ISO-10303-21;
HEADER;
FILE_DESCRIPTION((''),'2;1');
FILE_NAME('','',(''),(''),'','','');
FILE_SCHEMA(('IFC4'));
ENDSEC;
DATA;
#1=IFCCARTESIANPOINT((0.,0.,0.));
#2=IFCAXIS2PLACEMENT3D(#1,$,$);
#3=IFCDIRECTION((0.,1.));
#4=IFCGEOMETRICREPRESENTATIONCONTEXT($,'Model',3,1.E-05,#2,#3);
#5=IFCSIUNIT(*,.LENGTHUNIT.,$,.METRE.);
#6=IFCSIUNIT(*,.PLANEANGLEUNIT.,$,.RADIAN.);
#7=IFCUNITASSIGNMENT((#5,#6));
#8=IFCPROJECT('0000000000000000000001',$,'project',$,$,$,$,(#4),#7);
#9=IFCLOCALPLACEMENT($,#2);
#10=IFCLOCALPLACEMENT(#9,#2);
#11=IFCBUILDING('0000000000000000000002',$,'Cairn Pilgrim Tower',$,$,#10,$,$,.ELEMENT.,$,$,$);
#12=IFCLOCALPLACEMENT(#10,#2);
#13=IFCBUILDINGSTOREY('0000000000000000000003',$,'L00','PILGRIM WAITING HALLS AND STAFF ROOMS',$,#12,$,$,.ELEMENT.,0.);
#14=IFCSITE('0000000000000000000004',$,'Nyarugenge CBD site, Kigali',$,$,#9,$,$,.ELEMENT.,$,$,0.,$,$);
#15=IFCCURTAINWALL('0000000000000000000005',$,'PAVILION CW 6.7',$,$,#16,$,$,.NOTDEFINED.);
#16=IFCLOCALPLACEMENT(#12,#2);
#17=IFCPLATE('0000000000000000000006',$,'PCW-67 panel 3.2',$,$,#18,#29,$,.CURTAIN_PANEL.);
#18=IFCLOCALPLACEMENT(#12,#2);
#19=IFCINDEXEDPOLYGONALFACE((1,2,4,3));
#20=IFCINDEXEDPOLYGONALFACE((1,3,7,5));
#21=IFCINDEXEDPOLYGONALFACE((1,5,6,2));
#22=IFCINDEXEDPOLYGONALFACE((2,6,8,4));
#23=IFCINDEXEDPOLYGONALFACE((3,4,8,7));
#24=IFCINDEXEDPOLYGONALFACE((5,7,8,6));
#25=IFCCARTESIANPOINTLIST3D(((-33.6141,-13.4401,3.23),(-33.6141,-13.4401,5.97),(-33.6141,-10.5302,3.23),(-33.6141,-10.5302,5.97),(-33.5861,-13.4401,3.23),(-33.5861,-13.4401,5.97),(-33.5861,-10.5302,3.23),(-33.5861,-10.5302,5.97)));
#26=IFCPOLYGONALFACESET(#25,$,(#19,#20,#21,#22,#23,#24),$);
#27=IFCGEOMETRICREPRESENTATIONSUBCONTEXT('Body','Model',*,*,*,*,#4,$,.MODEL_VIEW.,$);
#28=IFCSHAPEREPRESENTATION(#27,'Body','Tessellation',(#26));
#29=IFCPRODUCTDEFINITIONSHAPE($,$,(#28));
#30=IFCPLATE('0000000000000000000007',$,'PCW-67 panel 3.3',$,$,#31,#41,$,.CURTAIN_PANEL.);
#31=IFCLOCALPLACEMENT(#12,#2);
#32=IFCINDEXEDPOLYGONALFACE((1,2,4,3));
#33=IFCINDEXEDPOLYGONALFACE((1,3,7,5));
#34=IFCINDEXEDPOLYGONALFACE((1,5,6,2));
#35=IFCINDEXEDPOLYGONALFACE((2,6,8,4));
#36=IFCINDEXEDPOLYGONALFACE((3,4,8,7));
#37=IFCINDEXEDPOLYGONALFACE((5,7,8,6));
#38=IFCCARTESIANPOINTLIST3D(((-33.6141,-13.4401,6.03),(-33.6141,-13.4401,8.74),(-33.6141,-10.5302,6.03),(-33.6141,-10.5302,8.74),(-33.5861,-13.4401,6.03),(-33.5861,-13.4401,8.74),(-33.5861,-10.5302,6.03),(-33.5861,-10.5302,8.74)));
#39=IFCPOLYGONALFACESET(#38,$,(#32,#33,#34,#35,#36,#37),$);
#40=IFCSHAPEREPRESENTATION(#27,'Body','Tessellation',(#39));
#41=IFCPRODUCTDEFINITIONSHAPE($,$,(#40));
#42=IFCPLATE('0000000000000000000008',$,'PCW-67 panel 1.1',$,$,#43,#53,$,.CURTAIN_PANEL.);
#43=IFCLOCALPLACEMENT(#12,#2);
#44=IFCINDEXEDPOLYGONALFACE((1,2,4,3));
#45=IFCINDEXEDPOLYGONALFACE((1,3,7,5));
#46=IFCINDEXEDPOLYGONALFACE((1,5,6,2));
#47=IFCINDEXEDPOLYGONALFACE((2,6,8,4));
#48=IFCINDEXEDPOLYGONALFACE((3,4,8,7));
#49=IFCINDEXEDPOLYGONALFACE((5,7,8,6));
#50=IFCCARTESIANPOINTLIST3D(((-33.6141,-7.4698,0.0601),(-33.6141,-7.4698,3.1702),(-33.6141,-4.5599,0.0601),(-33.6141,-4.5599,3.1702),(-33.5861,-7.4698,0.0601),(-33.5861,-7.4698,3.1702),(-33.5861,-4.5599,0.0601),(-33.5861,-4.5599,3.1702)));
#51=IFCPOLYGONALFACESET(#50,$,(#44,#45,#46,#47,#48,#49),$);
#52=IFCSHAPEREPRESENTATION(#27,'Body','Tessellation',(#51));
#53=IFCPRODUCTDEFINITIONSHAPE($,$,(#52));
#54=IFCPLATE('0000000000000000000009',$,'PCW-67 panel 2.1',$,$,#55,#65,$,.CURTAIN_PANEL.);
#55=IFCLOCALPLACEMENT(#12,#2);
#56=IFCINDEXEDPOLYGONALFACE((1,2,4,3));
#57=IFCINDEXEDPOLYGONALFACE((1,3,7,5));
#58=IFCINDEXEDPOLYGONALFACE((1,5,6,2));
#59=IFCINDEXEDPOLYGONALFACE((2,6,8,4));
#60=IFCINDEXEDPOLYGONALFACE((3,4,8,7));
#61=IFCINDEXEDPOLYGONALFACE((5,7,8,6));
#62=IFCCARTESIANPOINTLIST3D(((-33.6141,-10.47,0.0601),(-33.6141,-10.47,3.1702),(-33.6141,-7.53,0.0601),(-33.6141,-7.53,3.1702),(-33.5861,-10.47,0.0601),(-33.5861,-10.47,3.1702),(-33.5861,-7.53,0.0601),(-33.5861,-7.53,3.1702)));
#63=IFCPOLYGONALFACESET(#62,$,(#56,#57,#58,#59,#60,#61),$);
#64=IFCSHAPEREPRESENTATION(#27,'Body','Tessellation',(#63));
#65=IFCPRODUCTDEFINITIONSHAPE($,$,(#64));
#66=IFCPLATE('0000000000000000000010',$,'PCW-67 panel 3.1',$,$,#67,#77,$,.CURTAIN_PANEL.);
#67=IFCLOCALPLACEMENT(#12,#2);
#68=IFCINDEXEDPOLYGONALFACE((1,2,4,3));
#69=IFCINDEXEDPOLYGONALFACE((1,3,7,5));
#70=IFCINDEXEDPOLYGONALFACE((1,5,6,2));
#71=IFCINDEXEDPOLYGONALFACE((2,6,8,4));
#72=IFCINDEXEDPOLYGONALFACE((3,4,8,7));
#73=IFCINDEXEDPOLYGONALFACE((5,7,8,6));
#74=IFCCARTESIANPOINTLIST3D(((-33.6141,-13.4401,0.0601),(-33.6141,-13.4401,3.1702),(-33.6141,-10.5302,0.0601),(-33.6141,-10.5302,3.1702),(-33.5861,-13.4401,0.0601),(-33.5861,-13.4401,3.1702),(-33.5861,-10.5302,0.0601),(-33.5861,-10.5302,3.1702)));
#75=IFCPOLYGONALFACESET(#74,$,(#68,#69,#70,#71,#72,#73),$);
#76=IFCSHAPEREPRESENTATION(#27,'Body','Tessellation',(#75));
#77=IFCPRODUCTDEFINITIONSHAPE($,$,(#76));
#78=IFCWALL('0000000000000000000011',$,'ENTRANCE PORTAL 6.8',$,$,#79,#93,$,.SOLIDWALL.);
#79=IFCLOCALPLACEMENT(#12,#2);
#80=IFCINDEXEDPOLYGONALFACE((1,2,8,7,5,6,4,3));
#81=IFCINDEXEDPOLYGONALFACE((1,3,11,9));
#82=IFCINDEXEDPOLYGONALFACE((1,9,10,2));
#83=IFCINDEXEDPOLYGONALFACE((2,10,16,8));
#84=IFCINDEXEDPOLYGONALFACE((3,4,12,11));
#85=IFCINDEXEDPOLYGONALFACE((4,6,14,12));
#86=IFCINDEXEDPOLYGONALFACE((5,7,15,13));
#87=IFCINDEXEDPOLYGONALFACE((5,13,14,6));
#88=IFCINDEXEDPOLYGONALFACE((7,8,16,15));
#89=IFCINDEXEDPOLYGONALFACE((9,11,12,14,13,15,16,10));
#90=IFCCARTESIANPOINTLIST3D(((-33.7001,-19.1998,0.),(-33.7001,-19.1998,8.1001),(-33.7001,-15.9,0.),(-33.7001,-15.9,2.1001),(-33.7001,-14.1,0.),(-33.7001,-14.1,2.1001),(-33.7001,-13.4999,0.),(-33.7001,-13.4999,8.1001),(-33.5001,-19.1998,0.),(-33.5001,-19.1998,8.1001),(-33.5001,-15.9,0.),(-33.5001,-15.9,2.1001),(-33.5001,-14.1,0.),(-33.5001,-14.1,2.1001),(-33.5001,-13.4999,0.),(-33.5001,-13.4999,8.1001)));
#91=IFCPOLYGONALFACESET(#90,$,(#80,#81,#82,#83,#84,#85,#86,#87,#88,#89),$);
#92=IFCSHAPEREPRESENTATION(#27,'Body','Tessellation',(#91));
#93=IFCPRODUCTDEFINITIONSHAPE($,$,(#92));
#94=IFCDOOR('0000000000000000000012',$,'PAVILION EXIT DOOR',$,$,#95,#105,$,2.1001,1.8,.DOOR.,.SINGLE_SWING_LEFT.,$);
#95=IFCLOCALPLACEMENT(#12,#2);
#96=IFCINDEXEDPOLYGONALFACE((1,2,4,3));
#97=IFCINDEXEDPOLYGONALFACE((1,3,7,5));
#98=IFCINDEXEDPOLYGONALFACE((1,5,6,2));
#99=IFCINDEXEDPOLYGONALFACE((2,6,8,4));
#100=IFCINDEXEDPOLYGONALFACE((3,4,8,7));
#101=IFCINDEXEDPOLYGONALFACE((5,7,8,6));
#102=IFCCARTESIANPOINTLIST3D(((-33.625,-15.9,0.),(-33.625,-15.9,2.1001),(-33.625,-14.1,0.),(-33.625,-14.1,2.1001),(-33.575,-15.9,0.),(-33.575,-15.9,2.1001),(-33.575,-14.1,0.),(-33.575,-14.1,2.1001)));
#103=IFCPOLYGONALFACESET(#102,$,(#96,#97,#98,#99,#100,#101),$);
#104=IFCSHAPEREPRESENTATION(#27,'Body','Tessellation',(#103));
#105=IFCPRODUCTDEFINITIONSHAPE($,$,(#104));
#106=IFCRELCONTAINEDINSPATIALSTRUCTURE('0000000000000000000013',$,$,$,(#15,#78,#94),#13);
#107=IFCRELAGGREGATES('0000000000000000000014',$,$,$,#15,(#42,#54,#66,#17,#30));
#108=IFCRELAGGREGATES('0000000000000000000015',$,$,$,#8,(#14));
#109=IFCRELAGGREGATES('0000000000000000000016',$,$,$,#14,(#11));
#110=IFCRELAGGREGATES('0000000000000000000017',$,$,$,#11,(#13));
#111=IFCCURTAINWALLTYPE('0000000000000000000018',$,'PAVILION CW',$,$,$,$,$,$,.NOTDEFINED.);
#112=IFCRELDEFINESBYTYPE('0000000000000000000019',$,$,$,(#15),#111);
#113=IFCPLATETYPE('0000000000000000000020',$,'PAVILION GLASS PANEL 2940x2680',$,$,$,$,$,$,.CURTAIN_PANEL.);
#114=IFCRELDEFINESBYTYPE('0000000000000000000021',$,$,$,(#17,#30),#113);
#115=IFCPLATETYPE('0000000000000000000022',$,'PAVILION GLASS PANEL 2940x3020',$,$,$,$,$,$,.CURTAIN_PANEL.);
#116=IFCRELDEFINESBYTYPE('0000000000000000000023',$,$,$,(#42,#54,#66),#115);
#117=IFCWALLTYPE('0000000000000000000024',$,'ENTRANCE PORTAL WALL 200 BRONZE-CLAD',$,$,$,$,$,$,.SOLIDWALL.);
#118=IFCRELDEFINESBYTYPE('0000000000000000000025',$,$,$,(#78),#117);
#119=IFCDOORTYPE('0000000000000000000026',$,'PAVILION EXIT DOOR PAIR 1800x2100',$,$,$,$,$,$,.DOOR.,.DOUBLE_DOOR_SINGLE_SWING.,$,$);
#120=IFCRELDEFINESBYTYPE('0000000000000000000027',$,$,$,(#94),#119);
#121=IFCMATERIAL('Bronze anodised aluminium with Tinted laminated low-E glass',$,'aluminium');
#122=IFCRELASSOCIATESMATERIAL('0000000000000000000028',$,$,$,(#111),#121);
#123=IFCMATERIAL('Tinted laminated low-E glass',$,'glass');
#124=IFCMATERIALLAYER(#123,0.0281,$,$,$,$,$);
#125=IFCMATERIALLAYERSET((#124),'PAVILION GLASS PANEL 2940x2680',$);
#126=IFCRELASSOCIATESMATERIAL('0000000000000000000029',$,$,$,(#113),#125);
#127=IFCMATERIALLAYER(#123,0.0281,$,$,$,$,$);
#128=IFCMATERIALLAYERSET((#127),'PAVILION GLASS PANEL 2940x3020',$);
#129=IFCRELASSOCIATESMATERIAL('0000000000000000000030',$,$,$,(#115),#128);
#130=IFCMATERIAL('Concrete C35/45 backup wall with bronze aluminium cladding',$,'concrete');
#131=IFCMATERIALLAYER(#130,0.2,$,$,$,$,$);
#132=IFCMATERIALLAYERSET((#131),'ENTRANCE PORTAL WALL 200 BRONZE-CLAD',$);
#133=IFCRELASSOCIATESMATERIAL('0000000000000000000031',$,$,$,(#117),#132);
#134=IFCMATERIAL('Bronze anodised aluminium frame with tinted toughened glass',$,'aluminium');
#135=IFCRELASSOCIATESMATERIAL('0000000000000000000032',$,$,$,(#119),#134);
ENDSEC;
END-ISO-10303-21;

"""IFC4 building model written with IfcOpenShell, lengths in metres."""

from ifc_helpers import new_model, si_unit, direction, frame, frame_2d, origin, origin_2d, place, context, subcontext, project, spatial, rectangle, extrude, material, layer, layer_set, type_object, element, fill, aggregate, save


model = new_model("IFC4")

# Units and contexts
model_context = context("Model", 3, precision=1e-05, world=origin(), true_north=direction((0.0, 1.0)))
body_context = subcontext(model_context, "Body", "Model", "MODEL_VIEW")
ifc_project = project(units=[si_unit("LENGTHUNIT", "METRE"), si_unit("PLANEANGLEUNIT", "RADIAN")], contexts=[model_context])

# Site, building, storey
site_placement = place(None, origin())
site = spatial("IfcSite", under=ifc_project, at=site_placement, Name="Nyarugenge CBD site, Kigali", CompositionType="ELEMENT", RefElevation=0.0)
building_placement = place(site_placement, origin())
building = spatial("IfcBuilding", under=site, at=building_placement, Name="Cairn Pilgrim Tower", CompositionType="ELEMENT")
storey_placement = place(building_placement, origin())
storey = spatial("IfcBuildingStorey", under=building, at=storey_placement, Name="L00", Description="PILGRIM WAITING HALLS AND STAFF ROOMS", CompositionType="ELEMENT", Elevation=0.0)

# Curtain wall, plates
ifc_material_1 = material(Name="Bronze anodised aluminium with Tinted laminated low-E glass", Category="aluminium")
curtain_wall_type = type_object("IfcCurtainWallType", Name="PAVILION CW", PredefinedType="NOTDEFINED", material=ifc_material_1)
curtain_wall_placement = place(storey_placement, origin())
curtain_wall = element("IfcCurtainWall", 1, at=curtain_wall_placement, inside=storey, type_object=curtain_wall_type, Name="PAVILION CW 6.7", PredefinedType="NOTDEFINED")
ifc_material_2 = material(Name="Tinted laminated low-E glass", Category="glass")
ifc_layer_1 = layer(ifc_material_2, 0.0281)
ifc_layer_set_1 = layer_set([ifc_layer_1], Name="PAVILION GLASS PANEL 2940x2680")
plate_type_1 = type_object("IfcPlateType", Name="PAVILION GLASS PANEL 2940x2680", PredefinedType="CURTAIN_PANEL", material=ifc_layer_set_1)
plate_1_placement = place(storey_placement, frame((-33.6001, -11.9851, 3.23), z_axis=(0.0, 0.0, 1.0), x_axis=(0.0, -1.0, 0.0)))
plate_1 = element("IfcPlate", 2, at=plate_1_placement, type_object=plate_type_1, Name="PCW-67 panel 3.2", PredefinedType="CURTAIN_PANEL", context=body_context, shape_type="SweptSolid", body=[
    extrude(rectangle(XDim=2.9099, YDim=0.0281, at=origin_2d()), origin(), (0.0, 0.0, 1.0), 2.74),
])
plate_2_placement = place(storey_placement, frame((-33.6001, -11.9851, 6.03), z_axis=(0.0, 0.0, 1.0), x_axis=(0.0, -1.0, 0.0)))
plate_2 = element("IfcPlate", 3, at=plate_2_placement, type_object=plate_type_1, Name="PCW-67 panel 3.3", PredefinedType="CURTAIN_PANEL", context=body_context, shape_type="SweptSolid", body=[
    extrude(rectangle(XDim=2.9099, YDim=0.0281, at=origin_2d()), origin(), (0.0, 0.0, 1.0), 2.71),
])
ifc_layer_2 = layer(ifc_material_2, 0.0281)
ifc_layer_set_2 = layer_set([ifc_layer_2], Name="PAVILION GLASS PANEL 2940x3020")
plate_type_2 = type_object("IfcPlateType", Name="PAVILION GLASS PANEL 2940x3020", PredefinedType="CURTAIN_PANEL", material=ifc_layer_set_2)
plate_3_placement = place(storey_placement, frame((-33.6001, -6.0149, 0.0601), z_axis=(0.0, 0.0, 1.0), x_axis=(0.0, -1.0, 0.0)))
plate_3 = element("IfcPlate", 4, at=plate_3_placement, type_object=plate_type_2, Name="PCW-67 panel 1.1", PredefinedType="CURTAIN_PANEL", context=body_context, shape_type="SweptSolid", body=[
    extrude(rectangle(XDim=2.9099, YDim=0.0281, at=origin_2d()), origin(), (0.0, 0.0, 1.0), 3.1101),
])
plate_4_placement = place(storey_placement, frame((-33.6001, -9.0, 0.0601), z_axis=(0.0, 0.0, 1.0), x_axis=(0.0, -1.0, 0.0)))
plate_4 = element("IfcPlate", 5, at=plate_4_placement, type_object=plate_type_2, Name="PCW-67 panel 2.1", PredefinedType="CURTAIN_PANEL", context=body_context, shape_type="SweptSolid", body=[
    extrude(rectangle(XDim=2.9399, YDim=0.0281, at=origin_2d()), origin(), (0.0, 0.0, 1.0), 3.1101),
])
plate_5_placement = place(storey_placement, frame((-33.6001, -11.9851, 0.0601), z_axis=(0.0, 0.0, 1.0), x_axis=(0.0, -1.0, 0.0)))
plate_5 = element("IfcPlate", 6, at=plate_5_placement, type_object=plate_type_2, Name="PCW-67 panel 3.1", PredefinedType="CURTAIN_PANEL", context=body_context, shape_type="SweptSolid", body=[
    extrude(rectangle(XDim=2.9099, YDim=0.0281, at=origin_2d()), origin(), (0.0, 0.0, 1.0), 3.1101),
])
aggregate(curtain_wall, [plate_3, plate_4, plate_5, plate_1, plate_2])

# Wall, opening, door
ifc_material_3 = material(Name="Concrete C35/45 backup wall with bronze aluminium cladding", Category="concrete")
ifc_layer_3 = layer(ifc_material_3, 0.2)
ifc_layer_set_3 = layer_set([ifc_layer_3], Name="ENTRANCE PORTAL WALL 200 BRONZE-CLAD")
wall_type = type_object("IfcWallType", Name="ENTRANCE PORTAL WALL 200 BRONZE-CLAD", PredefinedType="SOLIDWALL", material=ifc_layer_set_3)
wall_placement = place(storey_placement, frame((-33.6001, -19.2, 0.0), z_axis=(0.0, 0.0, 1.0), x_axis=(0.0, 1.0, 0.0)))
wall = element("IfcWall", 7, at=wall_placement, inside=storey, type_object=wall_type, Name="ENTRANCE PORTAL 6.8", PredefinedType="SOLIDWALL", context=body_context, shape_type="SweptSolid", body=[
    extrude(rectangle(XDim=5.7, YDim=0.2, at=frame_2d((2.8501, 0.0))), origin(), (0.0, 0.0, 1.0), 8.1001),
])
opening_placement = place(wall_placement, frame((3.3, 0.0, 0.0)))
opening = element("IfcOpeningElement", 8, at=opening_placement, cuts=wall, PredefinedType="OPENING", context=body_context, shape_type="SweptSolid", body=[
    extrude(rectangle(XDim=1.8, YDim=2.1001, at=frame_2d((0.8999, 1.05))), frame((0.0, 0.1099, 0.0), z_axis=(0.0, -1.0, 0.0), x_axis=(1.0, 0.0, 0.0)), (0.0, 0.0, 1.0), 0.22),
])
ifc_material_4 = material(Name="Bronze anodised aluminium frame with tinted toughened glass", Category="aluminium")
door_type = type_object("IfcDoorType", Name="PAVILION EXIT DOOR PAIR 1800x2100", OperationType="DOUBLE_DOOR_SINGLE_SWING", PredefinedType="DOOR", material=ifc_material_4)
door_placement = place(opening_placement, origin())
door = element("IfcDoor", 9, at=door_placement, inside=storey, type_object=door_type, Name="PAVILION EXIT DOOR", OperationType="SINGLE_SWING_LEFT", OverallHeight=2.1001, OverallWidth=1.8, PredefinedType="DOOR", context=body_context, shape_type="SweptSolid", body=[
    extrude(rectangle(XDim=1.8, YDim=2.1001, at=frame_2d((0.8999, 1.05))), frame((0.0, 0.0249, 0.0), z_axis=(0.0, -1.0, 0.0), x_axis=(1.0, 0.0, 0.0)), (0.0, 0.0, 1.0), 0.05),
])
fill(opening, door)

save(model, "model.ifc")
